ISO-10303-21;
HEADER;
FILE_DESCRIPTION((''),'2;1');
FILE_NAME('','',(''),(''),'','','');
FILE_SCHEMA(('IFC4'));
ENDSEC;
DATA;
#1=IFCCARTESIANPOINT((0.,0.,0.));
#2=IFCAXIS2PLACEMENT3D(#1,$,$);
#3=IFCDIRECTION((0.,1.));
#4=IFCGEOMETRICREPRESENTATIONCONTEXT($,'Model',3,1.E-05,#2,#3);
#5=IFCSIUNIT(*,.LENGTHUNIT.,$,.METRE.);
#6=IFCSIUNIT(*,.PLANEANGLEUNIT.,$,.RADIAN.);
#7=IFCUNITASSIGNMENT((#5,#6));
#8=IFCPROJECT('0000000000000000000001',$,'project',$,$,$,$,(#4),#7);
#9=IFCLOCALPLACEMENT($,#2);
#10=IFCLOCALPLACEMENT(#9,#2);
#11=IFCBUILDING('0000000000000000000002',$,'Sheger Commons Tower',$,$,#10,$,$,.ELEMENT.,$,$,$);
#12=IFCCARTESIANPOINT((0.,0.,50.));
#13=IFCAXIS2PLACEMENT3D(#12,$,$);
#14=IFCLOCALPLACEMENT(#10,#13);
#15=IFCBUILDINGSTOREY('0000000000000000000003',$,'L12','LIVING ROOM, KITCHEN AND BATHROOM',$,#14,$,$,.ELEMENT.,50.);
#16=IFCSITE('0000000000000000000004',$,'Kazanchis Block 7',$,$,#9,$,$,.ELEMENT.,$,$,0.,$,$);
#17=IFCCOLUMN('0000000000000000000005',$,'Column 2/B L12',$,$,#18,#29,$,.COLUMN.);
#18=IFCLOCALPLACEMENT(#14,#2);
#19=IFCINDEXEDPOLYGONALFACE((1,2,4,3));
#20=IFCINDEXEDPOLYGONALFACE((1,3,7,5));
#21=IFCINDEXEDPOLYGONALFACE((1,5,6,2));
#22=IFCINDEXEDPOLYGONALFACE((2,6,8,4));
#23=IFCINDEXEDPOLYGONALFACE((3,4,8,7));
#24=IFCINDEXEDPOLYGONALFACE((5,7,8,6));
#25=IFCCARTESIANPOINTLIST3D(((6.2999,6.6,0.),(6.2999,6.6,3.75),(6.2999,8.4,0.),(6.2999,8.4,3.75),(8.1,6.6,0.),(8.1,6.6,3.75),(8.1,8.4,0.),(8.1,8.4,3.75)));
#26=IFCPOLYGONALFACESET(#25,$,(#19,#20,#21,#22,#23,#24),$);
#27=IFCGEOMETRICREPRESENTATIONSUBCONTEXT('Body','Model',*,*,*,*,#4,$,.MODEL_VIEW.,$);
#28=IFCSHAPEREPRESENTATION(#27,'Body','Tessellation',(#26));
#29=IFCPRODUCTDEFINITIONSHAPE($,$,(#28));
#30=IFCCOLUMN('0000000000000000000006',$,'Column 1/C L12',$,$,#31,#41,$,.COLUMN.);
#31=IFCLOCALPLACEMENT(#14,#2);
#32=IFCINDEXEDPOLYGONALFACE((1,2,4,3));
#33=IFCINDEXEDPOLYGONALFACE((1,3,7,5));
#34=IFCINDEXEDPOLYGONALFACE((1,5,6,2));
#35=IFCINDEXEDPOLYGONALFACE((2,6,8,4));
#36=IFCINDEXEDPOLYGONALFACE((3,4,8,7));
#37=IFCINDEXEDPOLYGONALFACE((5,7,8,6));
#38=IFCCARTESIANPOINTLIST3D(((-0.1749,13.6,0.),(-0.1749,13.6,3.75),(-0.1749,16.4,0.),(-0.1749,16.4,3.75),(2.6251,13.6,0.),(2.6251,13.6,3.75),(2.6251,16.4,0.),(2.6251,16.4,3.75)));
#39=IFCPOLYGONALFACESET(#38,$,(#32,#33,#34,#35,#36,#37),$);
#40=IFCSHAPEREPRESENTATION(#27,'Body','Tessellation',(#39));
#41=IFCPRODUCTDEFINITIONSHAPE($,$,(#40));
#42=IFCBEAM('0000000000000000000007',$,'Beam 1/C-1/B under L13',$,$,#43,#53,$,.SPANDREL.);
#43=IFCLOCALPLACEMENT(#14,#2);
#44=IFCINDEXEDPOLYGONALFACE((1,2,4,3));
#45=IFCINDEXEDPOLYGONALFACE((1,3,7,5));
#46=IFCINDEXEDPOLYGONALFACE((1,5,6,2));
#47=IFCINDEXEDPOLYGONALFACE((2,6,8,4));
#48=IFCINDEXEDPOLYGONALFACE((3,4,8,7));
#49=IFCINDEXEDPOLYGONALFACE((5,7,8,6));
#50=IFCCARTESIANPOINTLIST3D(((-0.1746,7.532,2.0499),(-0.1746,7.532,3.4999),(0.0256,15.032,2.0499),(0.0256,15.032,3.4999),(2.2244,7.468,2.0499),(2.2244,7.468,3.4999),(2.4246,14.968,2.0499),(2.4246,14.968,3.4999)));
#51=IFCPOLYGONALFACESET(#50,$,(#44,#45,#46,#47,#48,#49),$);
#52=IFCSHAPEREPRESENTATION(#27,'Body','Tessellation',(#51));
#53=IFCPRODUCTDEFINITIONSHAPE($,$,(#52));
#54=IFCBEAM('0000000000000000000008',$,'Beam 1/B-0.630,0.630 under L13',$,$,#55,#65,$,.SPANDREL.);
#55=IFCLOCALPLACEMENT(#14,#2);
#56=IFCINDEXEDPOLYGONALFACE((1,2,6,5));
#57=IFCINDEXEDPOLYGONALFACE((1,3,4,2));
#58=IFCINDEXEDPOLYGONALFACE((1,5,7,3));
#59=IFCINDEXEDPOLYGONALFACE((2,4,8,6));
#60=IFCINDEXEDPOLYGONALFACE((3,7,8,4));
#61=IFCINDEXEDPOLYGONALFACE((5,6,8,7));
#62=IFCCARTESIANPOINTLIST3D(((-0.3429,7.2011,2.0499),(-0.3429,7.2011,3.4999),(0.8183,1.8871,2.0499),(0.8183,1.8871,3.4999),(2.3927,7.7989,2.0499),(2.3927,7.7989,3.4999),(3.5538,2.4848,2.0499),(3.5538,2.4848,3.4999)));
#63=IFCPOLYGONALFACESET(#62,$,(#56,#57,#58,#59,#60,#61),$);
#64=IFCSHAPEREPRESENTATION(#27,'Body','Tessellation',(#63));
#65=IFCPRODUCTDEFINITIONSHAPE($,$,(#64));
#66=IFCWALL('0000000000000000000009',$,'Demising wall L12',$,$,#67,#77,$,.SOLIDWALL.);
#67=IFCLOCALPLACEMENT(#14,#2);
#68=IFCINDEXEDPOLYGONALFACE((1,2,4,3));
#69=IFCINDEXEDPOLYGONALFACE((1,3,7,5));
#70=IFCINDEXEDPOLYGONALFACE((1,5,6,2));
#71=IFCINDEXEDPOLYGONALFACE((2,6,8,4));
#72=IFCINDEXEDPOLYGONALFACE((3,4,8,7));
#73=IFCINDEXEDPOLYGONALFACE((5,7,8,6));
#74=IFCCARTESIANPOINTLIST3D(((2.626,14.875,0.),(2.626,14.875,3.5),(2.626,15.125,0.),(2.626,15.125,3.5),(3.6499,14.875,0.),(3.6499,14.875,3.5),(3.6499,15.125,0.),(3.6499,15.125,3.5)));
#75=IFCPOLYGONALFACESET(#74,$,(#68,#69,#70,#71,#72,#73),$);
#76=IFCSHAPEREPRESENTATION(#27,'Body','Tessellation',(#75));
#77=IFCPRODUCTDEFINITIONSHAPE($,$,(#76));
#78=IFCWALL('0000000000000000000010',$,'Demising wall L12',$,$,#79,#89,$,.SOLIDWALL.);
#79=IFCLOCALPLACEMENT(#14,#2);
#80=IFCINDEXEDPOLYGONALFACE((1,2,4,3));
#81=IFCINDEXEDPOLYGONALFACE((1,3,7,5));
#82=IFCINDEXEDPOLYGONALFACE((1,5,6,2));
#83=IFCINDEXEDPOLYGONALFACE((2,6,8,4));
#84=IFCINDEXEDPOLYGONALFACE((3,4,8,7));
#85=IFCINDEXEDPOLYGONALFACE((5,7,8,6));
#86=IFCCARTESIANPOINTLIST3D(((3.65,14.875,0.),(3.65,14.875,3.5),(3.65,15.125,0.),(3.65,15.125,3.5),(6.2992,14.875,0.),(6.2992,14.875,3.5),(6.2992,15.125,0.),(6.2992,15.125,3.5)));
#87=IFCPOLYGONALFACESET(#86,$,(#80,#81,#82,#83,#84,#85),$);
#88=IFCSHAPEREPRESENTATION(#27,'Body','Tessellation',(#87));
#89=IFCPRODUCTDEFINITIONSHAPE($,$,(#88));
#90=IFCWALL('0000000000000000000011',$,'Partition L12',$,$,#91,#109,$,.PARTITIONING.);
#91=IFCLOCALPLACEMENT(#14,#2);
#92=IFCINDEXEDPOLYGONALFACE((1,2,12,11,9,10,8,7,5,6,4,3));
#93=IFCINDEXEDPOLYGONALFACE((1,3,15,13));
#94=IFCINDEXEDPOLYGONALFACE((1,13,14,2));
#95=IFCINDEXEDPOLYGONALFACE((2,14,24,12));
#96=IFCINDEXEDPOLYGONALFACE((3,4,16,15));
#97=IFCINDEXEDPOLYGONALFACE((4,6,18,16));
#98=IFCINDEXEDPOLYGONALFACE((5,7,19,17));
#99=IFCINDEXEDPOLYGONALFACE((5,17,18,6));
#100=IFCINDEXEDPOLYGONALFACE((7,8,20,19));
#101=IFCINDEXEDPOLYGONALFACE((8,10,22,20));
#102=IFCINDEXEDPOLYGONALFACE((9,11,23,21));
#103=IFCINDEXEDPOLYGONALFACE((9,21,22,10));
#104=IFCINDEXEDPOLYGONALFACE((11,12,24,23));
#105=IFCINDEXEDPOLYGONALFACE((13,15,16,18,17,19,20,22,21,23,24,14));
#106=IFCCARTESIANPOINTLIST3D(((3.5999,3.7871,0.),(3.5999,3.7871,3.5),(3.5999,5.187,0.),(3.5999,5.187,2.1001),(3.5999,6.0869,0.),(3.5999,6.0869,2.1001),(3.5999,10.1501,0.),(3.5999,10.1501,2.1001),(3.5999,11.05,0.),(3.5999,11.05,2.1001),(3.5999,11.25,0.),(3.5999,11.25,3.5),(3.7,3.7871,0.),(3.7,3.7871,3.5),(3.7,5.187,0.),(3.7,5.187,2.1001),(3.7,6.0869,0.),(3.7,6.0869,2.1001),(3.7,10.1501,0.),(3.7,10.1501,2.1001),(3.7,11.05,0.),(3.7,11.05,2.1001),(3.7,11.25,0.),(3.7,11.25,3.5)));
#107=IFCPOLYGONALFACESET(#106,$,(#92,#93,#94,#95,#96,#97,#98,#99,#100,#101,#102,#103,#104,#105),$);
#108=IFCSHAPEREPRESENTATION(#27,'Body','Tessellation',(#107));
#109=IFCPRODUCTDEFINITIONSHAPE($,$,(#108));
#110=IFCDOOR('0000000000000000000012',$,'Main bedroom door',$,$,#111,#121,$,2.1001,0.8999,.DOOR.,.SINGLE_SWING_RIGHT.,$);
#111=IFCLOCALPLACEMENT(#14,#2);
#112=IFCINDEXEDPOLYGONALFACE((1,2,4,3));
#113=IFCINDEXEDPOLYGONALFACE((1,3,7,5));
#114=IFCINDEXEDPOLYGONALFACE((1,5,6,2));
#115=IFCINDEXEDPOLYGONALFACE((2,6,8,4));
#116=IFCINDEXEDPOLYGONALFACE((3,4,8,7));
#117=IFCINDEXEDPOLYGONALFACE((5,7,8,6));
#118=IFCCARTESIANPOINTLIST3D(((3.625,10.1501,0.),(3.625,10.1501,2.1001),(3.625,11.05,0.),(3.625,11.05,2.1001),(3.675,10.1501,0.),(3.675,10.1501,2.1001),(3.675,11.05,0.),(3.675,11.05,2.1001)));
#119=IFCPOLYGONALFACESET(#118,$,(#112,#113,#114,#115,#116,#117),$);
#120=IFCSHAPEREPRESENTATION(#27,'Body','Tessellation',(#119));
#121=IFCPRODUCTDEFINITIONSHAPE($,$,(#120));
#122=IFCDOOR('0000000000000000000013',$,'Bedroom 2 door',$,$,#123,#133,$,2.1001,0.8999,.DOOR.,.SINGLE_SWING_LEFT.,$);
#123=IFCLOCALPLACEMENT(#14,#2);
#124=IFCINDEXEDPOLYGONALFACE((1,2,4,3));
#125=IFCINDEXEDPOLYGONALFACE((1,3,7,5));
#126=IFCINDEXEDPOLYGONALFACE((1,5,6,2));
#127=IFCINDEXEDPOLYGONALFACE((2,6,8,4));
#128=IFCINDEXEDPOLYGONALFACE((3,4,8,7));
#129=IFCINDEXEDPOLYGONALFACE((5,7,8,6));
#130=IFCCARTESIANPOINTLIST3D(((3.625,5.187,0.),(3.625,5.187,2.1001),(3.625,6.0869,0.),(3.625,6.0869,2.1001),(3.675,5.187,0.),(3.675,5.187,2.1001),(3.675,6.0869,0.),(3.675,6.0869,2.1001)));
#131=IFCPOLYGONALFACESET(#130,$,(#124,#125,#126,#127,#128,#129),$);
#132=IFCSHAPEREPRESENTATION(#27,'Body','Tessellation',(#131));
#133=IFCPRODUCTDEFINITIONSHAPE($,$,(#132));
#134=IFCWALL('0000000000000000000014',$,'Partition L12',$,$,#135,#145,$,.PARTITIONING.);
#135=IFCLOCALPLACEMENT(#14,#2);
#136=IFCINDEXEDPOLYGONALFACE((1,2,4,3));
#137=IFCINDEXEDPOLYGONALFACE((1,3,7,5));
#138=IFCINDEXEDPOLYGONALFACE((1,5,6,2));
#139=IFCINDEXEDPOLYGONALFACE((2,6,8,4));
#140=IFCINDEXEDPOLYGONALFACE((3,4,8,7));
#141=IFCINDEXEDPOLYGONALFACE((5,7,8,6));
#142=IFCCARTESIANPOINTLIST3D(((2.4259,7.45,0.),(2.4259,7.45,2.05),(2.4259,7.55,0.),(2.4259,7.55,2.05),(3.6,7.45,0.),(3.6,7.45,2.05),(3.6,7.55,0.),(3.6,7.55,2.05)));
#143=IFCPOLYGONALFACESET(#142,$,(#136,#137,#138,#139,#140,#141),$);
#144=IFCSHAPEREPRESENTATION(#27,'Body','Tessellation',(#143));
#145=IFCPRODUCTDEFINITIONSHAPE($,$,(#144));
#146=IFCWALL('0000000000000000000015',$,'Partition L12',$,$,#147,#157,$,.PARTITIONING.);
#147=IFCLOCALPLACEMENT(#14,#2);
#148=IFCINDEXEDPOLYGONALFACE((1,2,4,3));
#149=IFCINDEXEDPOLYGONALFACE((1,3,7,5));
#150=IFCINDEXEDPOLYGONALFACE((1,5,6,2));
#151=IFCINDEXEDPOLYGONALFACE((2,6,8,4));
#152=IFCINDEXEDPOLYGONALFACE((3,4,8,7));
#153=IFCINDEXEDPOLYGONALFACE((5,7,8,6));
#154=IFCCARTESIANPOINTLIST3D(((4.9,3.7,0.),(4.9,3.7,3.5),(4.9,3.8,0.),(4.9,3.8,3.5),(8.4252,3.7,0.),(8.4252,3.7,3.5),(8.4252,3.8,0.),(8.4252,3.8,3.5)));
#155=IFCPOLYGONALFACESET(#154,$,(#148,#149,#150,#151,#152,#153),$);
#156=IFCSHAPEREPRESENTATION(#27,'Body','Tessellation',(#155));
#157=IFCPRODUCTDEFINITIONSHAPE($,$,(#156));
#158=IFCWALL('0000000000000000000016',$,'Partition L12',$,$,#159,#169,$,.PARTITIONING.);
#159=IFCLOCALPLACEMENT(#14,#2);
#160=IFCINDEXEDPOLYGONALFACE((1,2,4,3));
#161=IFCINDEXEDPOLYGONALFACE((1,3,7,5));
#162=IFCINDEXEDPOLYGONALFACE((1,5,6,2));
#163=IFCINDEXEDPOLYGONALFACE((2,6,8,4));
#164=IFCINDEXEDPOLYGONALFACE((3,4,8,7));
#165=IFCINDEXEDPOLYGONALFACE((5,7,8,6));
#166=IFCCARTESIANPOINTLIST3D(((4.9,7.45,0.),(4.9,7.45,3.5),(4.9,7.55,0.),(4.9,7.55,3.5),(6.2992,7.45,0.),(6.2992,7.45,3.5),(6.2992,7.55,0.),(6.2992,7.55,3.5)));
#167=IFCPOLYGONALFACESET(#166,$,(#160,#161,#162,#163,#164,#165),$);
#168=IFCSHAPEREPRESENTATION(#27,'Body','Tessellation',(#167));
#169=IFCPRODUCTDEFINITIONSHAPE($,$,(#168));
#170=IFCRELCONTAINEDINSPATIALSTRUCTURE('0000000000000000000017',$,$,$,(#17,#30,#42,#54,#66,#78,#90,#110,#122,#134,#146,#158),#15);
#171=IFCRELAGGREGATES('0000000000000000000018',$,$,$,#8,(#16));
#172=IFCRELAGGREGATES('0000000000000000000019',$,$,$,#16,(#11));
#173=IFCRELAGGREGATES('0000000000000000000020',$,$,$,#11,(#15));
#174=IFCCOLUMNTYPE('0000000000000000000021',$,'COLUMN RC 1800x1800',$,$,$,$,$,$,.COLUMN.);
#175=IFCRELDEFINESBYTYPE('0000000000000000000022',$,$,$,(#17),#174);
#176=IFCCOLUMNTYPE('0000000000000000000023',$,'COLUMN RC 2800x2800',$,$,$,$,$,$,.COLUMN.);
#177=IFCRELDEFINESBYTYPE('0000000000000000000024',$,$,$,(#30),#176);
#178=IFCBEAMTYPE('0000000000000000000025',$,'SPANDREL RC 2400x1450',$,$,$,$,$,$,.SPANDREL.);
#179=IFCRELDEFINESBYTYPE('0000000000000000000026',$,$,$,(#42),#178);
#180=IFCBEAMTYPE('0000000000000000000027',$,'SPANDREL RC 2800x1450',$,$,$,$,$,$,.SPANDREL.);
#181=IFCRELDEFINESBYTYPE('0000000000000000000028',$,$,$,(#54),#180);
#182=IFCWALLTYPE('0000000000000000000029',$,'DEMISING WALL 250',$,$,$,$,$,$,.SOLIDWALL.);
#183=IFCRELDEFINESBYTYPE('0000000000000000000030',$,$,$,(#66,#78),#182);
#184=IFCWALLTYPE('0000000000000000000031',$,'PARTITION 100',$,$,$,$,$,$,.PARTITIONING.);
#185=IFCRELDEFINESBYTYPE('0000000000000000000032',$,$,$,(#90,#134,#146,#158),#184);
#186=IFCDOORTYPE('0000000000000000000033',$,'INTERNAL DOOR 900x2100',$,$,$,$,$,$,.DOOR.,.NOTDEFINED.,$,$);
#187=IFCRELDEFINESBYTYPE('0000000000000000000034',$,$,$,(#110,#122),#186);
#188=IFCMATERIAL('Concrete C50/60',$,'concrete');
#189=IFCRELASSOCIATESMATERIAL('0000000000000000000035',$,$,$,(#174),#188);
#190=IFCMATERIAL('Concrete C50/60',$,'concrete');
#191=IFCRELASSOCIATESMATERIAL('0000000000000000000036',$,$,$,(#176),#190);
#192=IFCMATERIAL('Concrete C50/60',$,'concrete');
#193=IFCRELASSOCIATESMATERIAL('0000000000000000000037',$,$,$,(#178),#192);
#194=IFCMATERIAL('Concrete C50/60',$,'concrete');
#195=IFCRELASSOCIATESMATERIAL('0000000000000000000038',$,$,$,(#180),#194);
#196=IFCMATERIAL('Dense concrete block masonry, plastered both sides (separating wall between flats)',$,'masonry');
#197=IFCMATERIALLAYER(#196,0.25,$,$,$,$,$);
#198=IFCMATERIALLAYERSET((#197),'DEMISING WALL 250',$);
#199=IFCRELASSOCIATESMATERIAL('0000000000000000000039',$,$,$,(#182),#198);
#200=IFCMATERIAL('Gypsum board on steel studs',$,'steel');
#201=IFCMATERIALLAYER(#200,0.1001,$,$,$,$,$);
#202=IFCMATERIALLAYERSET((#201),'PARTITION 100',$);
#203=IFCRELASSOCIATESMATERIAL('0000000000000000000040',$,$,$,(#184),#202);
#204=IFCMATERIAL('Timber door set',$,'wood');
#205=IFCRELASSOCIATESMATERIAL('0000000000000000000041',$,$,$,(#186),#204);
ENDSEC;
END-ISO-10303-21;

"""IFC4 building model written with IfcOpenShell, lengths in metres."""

from ifc_helpers import new_model, si_unit, direction, frame, frame_2d, origin, origin_2d, place, context, subcontext, project, spatial, rectangle, extrude, material, layer, layer_set, material_profile, profile_set, type_object, element, fill, save


model = new_model("IFC4")

# Units and contexts
model_context = context("Model", 3, precision=1e-05, world=origin(), true_north=direction((0.0, 1.0)))
body_context = subcontext(model_context, "Body", "Model", "MODEL_VIEW")
ifc_project = project(units=[si_unit("LENGTHUNIT", "METRE"), si_unit("PLANEANGLEUNIT", "RADIAN")], contexts=[model_context])

# Site, building, storey
site_placement = place(None, origin())
site = spatial("IfcSite", under=ifc_project, at=site_placement, Name="Kazanchis Block 7", CompositionType="ELEMENT", RefElevation=0.0)
building_placement = place(site_placement, origin())
building = spatial("IfcBuilding", under=site, at=building_placement, Name="Sheger Commons Tower", CompositionType="ELEMENT")
storey_placement = place(building_placement, frame((0.0, 0.0, 50.0)))
storey = spatial("IfcBuildingStorey", under=building, at=storey_placement, Name="L12", Description="LIVING ROOM, KITCHEN AND BATHROOM", CompositionType="ELEMENT", Elevation=50.0)

# Columns
ifc_material_1 = material(Name="Concrete C50/60", Category="concrete")
ifc_material_profile_1 = material_profile(ifc_material_1, rectangle(XDim=1.8, YDim=1.8, at=origin_2d()), Name="RC 1800x1800")
ifc_profile_set_1 = profile_set([ifc_material_profile_1], Name="Concrete C50/60")
column_type_1 = type_object("IfcColumnType", Name="COLUMN RC 1800x1800", PredefinedType="COLUMN", material=ifc_profile_set_1)
column_1_placement = place(storey_placement, frame((7.2, 7.5, 0.0), z_axis=(0.0, 0.0, 1.0), x_axis=(1.0, 0.0, 0.0)))
element("IfcColumn", 1, at=column_1_placement, inside=storey, type_object=column_type_1, Name="Column 2/B L12", PredefinedType="COLUMN", context=body_context, shape_type="SweptSolid", body=[
    extrude(rectangle(XDim=1.8, YDim=1.8, at=origin_2d()), origin(), (0.0, 0.0, 1.0), 3.75),
])
ifc_material_2 = material(Name="Concrete C50/60", Category="concrete")
ifc_material_profile_2 = material_profile(ifc_material_2, rectangle(XDim=2.8, YDim=2.8, at=origin_2d()), Name="RC 2800x2800")
ifc_profile_set_2 = profile_set([ifc_material_profile_2], Name="Concrete C50/60")
column_type_2 = type_object("IfcColumnType", Name="COLUMN RC 2800x2800", PredefinedType="COLUMN", material=ifc_profile_set_2)
column_2_placement = place(storey_placement, frame((1.2251, 15.0, 0.0), z_axis=(0.0, 0.0, 1.0), x_axis=(1.0, 0.0, 0.0)))
element("IfcColumn", 2, at=column_2_placement, inside=storey, type_object=column_type_2, Name="Column 1/C L12", PredefinedType="COLUMN", context=body_context, shape_type="SweptSolid", body=[
    extrude(rectangle(XDim=2.8, YDim=2.8, at=origin_2d()), origin(), (0.0, 0.0, 1.0), 3.75),
])

# Beams
ifc_material_3 = material(Name="Concrete C50/60", Category="concrete")
ifc_material_profile_3 = material_profile(ifc_material_3, rectangle(XDim=2.3999, YDim=1.45, at=origin_2d()), Name="RC 2400x1450")
ifc_profile_set_3 = profile_set([ifc_material_profile_3], Name="Concrete C50/60")
beam_type_1 = type_object("IfcBeamType", Name="SPANDREL RC 2400x1450", PredefinedType="SPANDREL", material=ifc_profile_set_3)
beam_1_placement = place(storey_placement, frame((1.2251, 15.0, 2.7749), z_axis=(-0.026683, -0.999644, 0.0), x_axis=(0.999644, -0.026683, 0.0)))
element("IfcBeam", 3, at=beam_1_placement, inside=storey, type_object=beam_type_1, Name="Beam 1/C-1/B under L13", PredefinedType="SPANDREL", context=body_context, shape_type="SweptSolid", body=[
    extrude(rectangle(XDim=2.3999, YDim=1.45, at=origin_2d()), origin(), (0.0, 0.0, 1.0), 7.5027),
])
ifc_material_4 = material(Name="Concrete C50/60", Category="concrete")
ifc_material_profile_4 = material_profile(ifc_material_4, rectangle(XDim=2.8, YDim=1.45, at=origin_2d()), Name="RC 2800x1450")
ifc_profile_set_4 = profile_set([ifc_material_profile_4], Name="Concrete C50/60")
beam_type_2 = type_object("IfcBeamType", Name="SPANDREL RC 2800x1450", PredefinedType="SPANDREL", material=ifc_profile_set_4)
beam_2_placement = place(storey_placement, frame((1.0249, 7.5, 2.7749), z_axis=(0.213469, -0.97695, 0.0), x_axis=(0.97695, 0.213469, 0.0)))
element("IfcBeam", 4, at=beam_2_placement, inside=storey, type_object=beam_type_2, Name="Beam 1/B-0.630,0.630 under L13", PredefinedType="SPANDREL", context=body_context, shape_type="SweptSolid", body=[
    extrude(rectangle(XDim=2.8, YDim=1.45, at=origin_2d()), origin(), (0.0, 0.0, 1.0), 5.4395),
])

# Walls
ifc_material_5 = material(Name="Dense concrete block masonry, plastered both sides (separating wall between flats)", Category="masonry")
ifc_layer_1 = layer(ifc_material_5, 0.25)
ifc_layer_set_1 = layer_set([ifc_layer_1], Name="DEMISING WALL 250")
wall_type_1 = type_object("IfcWallType", Name="DEMISING WALL 250", PredefinedType="SOLIDWALL", material=ifc_layer_set_1)
wall_1_placement = place(storey_placement, frame((2.626, 15.0, 0.0), z_axis=(0.0, 0.0, 1.0), x_axis=(1.0, 0.0, 0.0)))
element("IfcWall", 5, at=wall_1_placement, inside=storey, type_object=wall_type_1, Name="Demising wall L12", PredefinedType="SOLIDWALL", context=body_context, shape_type="SweptSolid", body=[
    extrude(rectangle(XDim=1.0239, YDim=0.25, at=frame_2d((0.512, 0.0))), origin(), (0.0, 0.0, 1.0), 3.5),
])
wall_2_placement = place(storey_placement, frame((3.6499, 15.0, 0.0), z_axis=(0.0, 0.0, 1.0), x_axis=(1.0, 0.0, 0.0)))
element("IfcWall", 6, at=wall_2_placement, inside=storey, type_object=wall_type_1, Name="Demising wall L12", PredefinedType="SOLIDWALL", context=body_context, shape_type="SweptSolid", body=[
    extrude(rectangle(XDim=2.6492, YDim=0.25, at=frame_2d((1.3247, 0.0))), origin(), (0.0, 0.0, 1.0), 3.5),
])

# Wall, openings, doors
ifc_material_6 = material(Name="Gypsum board on steel studs", Category="steel")
ifc_layer_2 = layer(ifc_material_6, 0.1001)
ifc_layer_set_2 = layer_set([ifc_layer_2], Name="PARTITION 100")
wall_type_2 = type_object("IfcWallType", Name="PARTITION 100", PredefinedType="PARTITIONING", material=ifc_layer_set_2)
wall_3_placement = place(storey_placement, frame((3.6499, 3.7871, 0.0), z_axis=(0.0, 0.0, 1.0), x_axis=(0.0, 1.0, 0.0)))
wall_3 = element("IfcWall", 7, at=wall_3_placement, inside=storey, type_object=wall_type_2, Name="Partition L12", PredefinedType="PARTITIONING", context=body_context, shape_type="SweptSolid", body=[
    extrude(rectangle(XDim=7.4629, YDim=0.1001, at=frame_2d((3.7314, 0.0))), origin(), (0.0, 0.0, 1.0), 3.5),
])
opening_1_placement = place(wall_3_placement, frame((6.363, 0.0, 0.0)))
opening_1 = element("IfcOpeningElement", 8, at=opening_1_placement, cuts=wall_3, PredefinedType="OPENING", context=body_context, shape_type="SweptSolid", body=[
    extrude(rectangle(XDim=0.8999, YDim=2.1001, at=frame_2d((0.45, 1.05))), frame((0.0, 0.0601, 0.0), z_axis=(0.0, -1.0, 0.0), x_axis=(1.0, 0.0, 0.0)), (0.0, 0.0, 1.0), 0.1201),
])
opening_2_placement = place(wall_3_placement, frame((1.3999, 0.0, 0.0)))
opening_2 = element("IfcOpeningElement", 9, at=opening_2_placement, cuts=wall_3, PredefinedType="OPENING", context=body_context, shape_type="SweptSolid", body=[
    extrude(rectangle(XDim=0.8999, YDim=2.1001, at=frame_2d((0.45, 1.05))), frame((0.0, 0.0601, 0.0), z_axis=(0.0, -1.0, 0.0), x_axis=(1.0, 0.0, 0.0)), (0.0, 0.0, 1.0), 0.1201),
])
ifc_material_7 = material(Name="Timber door set", Category="wood")
door_type = type_object("IfcDoorType", Name="INTERNAL DOOR 900x2100", OperationType="NOTDEFINED", PredefinedType="DOOR", material=ifc_material_7)
door_1_placement = place(opening_1_placement, origin())
door_1 = element("IfcDoor", 10, at=door_1_placement, inside=storey, type_object=door_type, Name="Main bedroom door", OperationType="SINGLE_SWING_RIGHT", OverallHeight=2.1001, OverallWidth=0.8999, PredefinedType="DOOR", context=body_context, shape_type="SweptSolid", body=[
    extrude(rectangle(XDim=0.8999, YDim=2.1001, at=frame_2d((0.45, 1.05))), frame((0.0, 0.0249, 0.0), z_axis=(0.0, -1.0, 0.0), x_axis=(1.0, 0.0, 0.0)), (0.0, 0.0, 1.0), 0.05),
])
fill(opening_1, door_1)
door_2_placement = place(opening_2_placement, origin())
door_2 = element("IfcDoor", 11, at=door_2_placement, inside=storey, type_object=door_type, Name="Bedroom 2 door", OperationType="SINGLE_SWING_LEFT", OverallHeight=2.1001, OverallWidth=0.8999, PredefinedType="DOOR", context=body_context, shape_type="SweptSolid", body=[
    extrude(rectangle(XDim=0.8999, YDim=2.1001, at=frame_2d((0.45, 1.05))), frame((0.0, 0.0249, 0.0), z_axis=(0.0, -1.0, 0.0), x_axis=(1.0, 0.0, 0.0)), (0.0, 0.0, 1.0), 0.05),
])
fill(opening_2, door_2)

# Walls
wall_4_placement = place(storey_placement, frame((2.426, 7.5, 0.0), z_axis=(0.0, 0.0, 1.0), x_axis=(1.0, 0.0, 0.0)))
element("IfcWall", 12, at=wall_4_placement, inside=storey, type_object=wall_type_2, Name="Partition L12", PredefinedType="PARTITIONING", context=body_context, shape_type="SweptSolid", body=[
    extrude(rectangle(XDim=1.1741, YDim=0.1001, at=frame_2d((0.5869, 0.0))), origin(), (0.0, 0.0, 1.0), 2.05),
])
wall_5_placement = place(storey_placement, frame((4.8999, 3.75, 0.0), z_axis=(0.0, 0.0, 1.0), x_axis=(1.0, 0.0, 0.0)))
element("IfcWall", 13, at=wall_5_placement, inside=storey, type_object=wall_type_2, Name="Partition L12", PredefinedType="PARTITIONING", context=body_context, shape_type="SweptSolid", body=[
    extrude(rectangle(XDim=3.5251, YDim=0.1001, at=frame_2d((1.7627, 0.0))), origin(), (0.0, 0.0, 1.0), 3.5),
])
wall_6_placement = place(storey_placement, frame((4.8999, 7.5, 0.0), z_axis=(0.0, 0.0, 1.0), x_axis=(1.0, 0.0, 0.0)))
element("IfcWall", 14, at=wall_6_placement, inside=storey, type_object=wall_type_2, Name="Partition L12", PredefinedType="PARTITIONING", context=body_context, shape_type="SweptSolid", body=[
    extrude(rectangle(XDim=1.3992, YDim=0.1001, at=frame_2d((0.6997, 0.0))), origin(), (0.0, 0.0, 1.0), 3.5),
])

save(model, "model.ifc")
